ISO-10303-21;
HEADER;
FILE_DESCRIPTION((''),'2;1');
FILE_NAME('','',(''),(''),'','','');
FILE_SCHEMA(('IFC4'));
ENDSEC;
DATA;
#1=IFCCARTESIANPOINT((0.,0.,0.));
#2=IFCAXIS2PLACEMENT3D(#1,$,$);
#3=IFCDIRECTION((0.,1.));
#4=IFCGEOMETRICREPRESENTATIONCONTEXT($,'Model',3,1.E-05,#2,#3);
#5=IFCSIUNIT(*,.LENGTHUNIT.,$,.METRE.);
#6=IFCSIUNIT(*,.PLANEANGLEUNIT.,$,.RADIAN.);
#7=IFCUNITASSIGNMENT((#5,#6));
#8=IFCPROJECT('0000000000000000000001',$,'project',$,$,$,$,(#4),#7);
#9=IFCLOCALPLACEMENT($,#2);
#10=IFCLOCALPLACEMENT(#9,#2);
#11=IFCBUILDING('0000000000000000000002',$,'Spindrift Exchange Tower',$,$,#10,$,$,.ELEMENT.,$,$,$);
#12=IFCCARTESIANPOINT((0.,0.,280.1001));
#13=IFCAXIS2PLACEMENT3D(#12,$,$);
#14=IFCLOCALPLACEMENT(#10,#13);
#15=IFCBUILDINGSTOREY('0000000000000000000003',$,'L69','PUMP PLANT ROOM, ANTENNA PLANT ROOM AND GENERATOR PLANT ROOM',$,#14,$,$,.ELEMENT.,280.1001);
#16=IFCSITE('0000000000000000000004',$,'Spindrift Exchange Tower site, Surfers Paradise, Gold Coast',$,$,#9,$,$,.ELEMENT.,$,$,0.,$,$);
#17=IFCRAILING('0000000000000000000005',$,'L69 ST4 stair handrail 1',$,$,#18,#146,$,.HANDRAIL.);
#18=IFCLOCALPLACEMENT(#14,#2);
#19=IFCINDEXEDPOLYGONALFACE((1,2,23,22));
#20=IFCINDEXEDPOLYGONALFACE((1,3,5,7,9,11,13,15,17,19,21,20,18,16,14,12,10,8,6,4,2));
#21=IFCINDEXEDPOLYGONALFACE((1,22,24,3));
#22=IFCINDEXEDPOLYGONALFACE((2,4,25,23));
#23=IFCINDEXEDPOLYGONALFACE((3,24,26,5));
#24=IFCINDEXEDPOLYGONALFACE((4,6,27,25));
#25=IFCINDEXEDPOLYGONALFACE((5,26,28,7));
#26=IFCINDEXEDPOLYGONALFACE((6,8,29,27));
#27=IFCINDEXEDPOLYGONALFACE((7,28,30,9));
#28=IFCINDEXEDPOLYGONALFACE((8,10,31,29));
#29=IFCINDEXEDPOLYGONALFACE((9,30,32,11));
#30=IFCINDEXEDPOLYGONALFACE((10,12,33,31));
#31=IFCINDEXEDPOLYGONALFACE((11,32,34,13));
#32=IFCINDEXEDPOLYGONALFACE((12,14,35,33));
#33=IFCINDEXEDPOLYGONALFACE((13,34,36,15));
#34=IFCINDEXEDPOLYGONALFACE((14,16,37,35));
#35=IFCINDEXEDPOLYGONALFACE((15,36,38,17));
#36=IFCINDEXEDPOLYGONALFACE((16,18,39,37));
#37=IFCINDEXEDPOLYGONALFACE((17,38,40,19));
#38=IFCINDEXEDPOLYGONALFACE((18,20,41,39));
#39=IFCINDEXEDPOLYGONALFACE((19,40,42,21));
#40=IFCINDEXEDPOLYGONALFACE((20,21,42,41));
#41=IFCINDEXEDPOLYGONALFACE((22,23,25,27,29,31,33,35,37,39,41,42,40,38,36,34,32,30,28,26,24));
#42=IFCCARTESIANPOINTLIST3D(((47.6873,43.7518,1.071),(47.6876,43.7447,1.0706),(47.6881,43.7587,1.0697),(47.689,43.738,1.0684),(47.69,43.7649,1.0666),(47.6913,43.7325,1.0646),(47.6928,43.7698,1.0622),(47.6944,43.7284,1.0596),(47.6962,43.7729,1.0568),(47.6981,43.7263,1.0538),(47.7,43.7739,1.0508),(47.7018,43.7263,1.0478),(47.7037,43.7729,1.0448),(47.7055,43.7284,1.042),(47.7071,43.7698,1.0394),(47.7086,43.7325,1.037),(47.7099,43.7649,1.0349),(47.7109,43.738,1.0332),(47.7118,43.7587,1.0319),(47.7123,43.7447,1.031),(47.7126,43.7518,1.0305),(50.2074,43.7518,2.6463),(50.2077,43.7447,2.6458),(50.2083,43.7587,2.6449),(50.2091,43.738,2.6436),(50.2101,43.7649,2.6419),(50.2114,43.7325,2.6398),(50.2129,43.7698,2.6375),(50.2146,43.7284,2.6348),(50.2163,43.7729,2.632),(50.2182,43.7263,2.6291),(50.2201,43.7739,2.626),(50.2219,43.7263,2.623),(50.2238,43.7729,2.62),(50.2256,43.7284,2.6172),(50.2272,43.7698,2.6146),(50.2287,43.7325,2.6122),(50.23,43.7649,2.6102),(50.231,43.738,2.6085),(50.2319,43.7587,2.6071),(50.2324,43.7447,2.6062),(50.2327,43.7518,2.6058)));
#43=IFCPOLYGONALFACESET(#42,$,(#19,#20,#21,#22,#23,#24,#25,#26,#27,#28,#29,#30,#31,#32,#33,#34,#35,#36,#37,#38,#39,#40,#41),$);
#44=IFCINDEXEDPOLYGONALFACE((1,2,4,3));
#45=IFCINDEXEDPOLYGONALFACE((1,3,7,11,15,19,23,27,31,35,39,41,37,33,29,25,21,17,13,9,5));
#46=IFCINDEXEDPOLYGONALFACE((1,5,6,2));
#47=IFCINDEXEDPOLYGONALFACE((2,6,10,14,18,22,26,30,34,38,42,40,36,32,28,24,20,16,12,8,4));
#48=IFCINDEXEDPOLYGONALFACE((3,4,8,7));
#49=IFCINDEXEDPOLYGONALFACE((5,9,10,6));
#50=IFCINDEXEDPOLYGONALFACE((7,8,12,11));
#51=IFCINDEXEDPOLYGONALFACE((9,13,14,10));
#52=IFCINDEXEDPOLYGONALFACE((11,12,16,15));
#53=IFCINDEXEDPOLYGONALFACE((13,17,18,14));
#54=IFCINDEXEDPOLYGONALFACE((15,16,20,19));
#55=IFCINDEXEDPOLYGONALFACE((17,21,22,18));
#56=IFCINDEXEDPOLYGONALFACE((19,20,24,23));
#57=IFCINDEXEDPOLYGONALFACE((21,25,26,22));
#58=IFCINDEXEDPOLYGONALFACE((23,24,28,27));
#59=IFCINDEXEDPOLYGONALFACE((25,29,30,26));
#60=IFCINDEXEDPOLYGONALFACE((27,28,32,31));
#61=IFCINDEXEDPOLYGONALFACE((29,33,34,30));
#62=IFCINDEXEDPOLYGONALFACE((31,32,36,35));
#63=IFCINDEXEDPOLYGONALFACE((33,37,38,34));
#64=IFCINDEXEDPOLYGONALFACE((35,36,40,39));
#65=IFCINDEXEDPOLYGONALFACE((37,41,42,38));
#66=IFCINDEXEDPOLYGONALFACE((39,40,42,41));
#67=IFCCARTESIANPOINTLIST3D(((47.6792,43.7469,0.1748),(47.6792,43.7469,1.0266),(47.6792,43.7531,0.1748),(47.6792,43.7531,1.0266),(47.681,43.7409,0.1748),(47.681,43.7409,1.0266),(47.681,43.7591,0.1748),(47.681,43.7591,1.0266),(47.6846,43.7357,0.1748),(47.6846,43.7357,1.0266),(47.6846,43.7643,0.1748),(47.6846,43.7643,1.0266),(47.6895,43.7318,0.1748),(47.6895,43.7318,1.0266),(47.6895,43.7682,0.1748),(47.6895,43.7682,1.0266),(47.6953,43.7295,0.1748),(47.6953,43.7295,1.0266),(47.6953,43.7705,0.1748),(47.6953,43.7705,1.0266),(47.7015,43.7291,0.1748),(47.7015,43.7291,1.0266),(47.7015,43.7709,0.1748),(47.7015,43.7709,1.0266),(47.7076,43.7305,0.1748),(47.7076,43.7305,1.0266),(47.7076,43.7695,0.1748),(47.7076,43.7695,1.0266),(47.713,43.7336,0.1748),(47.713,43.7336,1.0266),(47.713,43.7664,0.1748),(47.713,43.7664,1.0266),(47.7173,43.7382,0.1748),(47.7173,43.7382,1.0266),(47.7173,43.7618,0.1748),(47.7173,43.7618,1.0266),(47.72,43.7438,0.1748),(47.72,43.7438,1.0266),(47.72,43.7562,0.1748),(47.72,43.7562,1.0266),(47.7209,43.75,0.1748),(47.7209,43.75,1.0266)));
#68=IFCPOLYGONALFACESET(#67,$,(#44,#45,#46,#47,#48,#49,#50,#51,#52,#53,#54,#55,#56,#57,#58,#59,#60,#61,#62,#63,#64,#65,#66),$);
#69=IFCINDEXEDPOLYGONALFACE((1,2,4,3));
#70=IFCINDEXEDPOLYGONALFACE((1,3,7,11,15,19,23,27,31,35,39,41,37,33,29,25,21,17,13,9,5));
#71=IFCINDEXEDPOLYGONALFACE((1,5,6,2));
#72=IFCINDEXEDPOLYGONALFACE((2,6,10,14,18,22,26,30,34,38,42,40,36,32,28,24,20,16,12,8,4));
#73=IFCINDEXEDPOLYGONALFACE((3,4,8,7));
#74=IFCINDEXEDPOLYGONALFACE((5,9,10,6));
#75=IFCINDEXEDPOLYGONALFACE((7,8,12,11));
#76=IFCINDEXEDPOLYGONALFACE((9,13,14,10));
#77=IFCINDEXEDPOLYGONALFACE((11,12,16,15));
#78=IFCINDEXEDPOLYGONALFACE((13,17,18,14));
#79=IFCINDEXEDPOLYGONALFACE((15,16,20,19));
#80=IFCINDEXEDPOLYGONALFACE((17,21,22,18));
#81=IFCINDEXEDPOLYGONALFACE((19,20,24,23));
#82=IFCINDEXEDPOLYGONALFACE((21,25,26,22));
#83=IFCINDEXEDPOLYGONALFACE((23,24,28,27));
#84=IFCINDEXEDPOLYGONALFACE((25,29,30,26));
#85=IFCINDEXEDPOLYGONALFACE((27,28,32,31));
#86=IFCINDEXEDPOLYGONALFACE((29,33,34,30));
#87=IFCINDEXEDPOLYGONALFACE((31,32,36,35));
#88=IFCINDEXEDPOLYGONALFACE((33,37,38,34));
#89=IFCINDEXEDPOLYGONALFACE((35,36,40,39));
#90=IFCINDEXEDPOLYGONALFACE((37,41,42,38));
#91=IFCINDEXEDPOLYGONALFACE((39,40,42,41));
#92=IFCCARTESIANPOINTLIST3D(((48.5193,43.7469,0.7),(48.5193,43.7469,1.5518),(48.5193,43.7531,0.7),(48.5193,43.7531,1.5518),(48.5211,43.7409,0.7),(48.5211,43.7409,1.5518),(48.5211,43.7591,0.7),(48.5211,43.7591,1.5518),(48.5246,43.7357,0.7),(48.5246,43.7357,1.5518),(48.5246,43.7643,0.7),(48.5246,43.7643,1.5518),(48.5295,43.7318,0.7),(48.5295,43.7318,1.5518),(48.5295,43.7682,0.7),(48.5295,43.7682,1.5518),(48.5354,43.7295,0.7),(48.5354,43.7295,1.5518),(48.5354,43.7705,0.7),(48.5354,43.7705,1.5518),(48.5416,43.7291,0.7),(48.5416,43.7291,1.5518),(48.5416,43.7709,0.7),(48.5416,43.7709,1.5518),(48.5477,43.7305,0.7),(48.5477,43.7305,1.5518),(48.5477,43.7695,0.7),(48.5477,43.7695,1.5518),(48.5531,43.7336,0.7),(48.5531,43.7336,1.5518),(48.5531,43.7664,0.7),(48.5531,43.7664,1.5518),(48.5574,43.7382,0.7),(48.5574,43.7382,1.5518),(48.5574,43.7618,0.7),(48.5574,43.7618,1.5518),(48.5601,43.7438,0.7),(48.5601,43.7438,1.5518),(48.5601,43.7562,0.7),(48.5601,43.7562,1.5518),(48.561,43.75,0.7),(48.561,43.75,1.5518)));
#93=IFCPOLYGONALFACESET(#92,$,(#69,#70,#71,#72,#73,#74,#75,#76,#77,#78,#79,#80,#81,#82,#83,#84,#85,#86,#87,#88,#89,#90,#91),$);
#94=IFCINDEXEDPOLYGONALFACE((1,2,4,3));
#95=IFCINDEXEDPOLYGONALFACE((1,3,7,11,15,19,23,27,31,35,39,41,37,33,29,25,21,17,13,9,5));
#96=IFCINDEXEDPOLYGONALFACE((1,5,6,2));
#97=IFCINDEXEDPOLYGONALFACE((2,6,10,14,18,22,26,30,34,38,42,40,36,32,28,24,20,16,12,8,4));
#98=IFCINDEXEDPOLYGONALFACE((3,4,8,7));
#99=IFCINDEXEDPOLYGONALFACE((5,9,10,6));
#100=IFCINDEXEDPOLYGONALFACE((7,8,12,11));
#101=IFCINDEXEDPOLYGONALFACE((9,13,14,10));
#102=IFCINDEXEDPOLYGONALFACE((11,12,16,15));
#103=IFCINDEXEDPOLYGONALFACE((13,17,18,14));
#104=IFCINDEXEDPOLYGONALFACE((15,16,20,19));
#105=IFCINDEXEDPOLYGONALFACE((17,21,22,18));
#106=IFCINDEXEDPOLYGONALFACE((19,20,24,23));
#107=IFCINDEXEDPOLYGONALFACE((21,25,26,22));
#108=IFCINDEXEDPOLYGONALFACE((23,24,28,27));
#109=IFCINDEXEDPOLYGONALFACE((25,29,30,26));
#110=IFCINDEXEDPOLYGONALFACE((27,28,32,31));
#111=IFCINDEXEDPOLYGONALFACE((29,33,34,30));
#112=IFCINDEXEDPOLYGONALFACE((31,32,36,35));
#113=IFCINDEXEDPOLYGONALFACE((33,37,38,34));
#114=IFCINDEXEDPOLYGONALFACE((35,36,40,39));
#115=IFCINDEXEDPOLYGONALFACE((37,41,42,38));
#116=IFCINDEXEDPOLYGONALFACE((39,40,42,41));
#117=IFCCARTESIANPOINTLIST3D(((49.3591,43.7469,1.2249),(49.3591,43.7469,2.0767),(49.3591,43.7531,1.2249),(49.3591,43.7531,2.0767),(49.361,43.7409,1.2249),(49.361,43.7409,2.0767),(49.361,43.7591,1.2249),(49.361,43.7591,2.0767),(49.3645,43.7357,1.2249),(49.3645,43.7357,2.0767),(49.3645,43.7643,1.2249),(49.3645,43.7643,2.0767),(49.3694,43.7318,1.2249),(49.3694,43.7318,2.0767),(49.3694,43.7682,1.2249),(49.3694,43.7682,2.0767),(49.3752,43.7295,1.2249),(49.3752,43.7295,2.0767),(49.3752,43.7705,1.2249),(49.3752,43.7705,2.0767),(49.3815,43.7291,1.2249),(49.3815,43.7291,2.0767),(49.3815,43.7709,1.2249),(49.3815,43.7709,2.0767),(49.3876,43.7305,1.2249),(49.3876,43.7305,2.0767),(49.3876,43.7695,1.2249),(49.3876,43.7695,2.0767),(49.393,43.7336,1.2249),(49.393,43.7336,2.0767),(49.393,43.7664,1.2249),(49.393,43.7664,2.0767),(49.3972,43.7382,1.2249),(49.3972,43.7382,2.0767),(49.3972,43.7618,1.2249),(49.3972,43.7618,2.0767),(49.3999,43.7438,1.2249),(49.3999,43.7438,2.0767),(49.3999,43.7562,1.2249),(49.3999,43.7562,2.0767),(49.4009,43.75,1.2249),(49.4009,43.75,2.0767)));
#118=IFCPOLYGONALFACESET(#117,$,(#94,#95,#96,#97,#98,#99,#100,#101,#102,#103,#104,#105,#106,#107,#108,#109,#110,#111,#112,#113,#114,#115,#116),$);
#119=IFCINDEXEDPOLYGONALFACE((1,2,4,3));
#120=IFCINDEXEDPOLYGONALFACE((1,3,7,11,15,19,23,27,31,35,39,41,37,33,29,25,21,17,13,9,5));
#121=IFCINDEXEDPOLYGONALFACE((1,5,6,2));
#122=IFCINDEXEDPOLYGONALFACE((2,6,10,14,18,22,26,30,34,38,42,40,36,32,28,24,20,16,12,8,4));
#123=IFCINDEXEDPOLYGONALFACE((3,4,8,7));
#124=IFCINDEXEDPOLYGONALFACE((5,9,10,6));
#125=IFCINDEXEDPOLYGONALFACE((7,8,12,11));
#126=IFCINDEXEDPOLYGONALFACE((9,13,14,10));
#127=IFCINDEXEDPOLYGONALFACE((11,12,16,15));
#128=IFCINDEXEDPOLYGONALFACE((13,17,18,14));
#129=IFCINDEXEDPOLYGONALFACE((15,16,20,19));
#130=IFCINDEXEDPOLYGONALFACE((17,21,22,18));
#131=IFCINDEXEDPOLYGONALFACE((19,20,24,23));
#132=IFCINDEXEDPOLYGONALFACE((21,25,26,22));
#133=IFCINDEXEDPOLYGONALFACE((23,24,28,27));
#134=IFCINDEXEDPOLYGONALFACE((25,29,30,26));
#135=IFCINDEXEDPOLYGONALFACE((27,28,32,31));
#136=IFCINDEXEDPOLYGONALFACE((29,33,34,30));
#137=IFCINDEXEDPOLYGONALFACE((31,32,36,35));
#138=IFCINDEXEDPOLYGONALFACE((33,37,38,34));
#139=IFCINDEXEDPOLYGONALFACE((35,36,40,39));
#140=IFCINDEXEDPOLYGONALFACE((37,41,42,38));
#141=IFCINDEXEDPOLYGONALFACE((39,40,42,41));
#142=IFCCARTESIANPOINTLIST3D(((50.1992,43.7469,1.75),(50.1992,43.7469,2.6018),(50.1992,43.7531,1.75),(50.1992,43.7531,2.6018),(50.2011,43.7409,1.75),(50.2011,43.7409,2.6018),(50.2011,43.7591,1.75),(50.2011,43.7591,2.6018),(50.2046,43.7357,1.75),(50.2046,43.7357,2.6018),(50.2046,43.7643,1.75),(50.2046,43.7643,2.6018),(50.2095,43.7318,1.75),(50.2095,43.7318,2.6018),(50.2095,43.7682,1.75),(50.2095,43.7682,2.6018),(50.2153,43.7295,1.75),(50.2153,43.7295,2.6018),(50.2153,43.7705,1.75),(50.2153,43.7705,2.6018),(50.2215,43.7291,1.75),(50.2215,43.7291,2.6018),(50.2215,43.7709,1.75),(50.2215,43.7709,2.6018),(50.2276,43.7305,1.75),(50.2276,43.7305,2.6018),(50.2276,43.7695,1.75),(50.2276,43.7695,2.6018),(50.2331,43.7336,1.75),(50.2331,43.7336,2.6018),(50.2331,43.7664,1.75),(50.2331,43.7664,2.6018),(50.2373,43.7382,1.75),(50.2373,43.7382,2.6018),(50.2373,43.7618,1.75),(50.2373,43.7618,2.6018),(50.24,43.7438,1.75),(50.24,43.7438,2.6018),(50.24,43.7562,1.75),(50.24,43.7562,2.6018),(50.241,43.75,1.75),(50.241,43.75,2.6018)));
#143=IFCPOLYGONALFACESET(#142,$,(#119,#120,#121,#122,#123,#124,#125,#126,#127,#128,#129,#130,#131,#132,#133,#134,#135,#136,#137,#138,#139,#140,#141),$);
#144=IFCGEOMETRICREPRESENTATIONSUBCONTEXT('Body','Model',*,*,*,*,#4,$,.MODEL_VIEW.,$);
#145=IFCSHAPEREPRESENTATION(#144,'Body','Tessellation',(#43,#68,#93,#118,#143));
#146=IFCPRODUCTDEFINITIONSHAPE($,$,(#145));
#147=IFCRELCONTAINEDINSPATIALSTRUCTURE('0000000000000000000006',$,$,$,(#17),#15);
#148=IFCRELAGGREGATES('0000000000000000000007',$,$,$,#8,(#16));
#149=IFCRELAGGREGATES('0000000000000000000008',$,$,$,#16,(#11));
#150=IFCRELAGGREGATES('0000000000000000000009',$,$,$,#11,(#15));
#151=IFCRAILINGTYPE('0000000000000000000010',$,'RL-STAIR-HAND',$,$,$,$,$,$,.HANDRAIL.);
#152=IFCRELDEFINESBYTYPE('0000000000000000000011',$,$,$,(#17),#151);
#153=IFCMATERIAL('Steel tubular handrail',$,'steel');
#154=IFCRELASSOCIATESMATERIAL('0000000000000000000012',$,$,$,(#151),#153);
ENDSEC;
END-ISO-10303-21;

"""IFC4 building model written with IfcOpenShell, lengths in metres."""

from ifc_helpers import new_model, si_unit, direction, frame, origin, origin_2d, place, context, subcontext, project, spatial, circle, extrude, material, type_object, element, save


model = new_model("IFC4")

# Units and contexts
model_context = context("Model", 3, precision=1e-05, world=origin(), true_north=direction((0.0, 1.0)))
body_context = subcontext(model_context, "Body", "Model", "MODEL_VIEW")
ifc_project = project(units=[si_unit("LENGTHUNIT", "METRE"), si_unit("PLANEANGLEUNIT", "RADIAN")], contexts=[model_context])

# Site, building, storey
site_placement = place(None, origin())
site = spatial("IfcSite", under=ifc_project, at=site_placement, Name="Spindrift Exchange Tower site, Surfers Paradise, Gold Coast", CompositionType="ELEMENT", RefElevation=0.0)
building_placement = place(site_placement, origin())
building = spatial("IfcBuilding", under=site, at=building_placement, Name="Spindrift Exchange Tower", CompositionType="ELEMENT")
storey_placement = place(building_placement, frame((0.0, 0.0, 280.1001)))
storey = spatial("IfcBuildingStorey", under=building, at=storey_placement, Name="L69", Description="PUMP PLANT ROOM, ANTENNA PLANT ROOM AND GENERATOR PLANT ROOM", CompositionType="ELEMENT", Elevation=280.1001)

# Railing
ifc_material_1 = material(Name="Steel tubular handrail", Category="steel")
railing_type_1 = type_object("IfcRailingType", Name="RL-STAIR-HAND", PredefinedType="HANDRAIL", material=ifc_material_1)
railing_1_placement = place(storey_placement, frame((47.7, 43.75, 0.1748)))
element("IfcRailing", 1, at=railing_1_placement, inside=storey, type_object=railing_type_1, Name="L69 ST4 stair handrail 1", PredefinedType="HANDRAIL", context=body_context, shape_type="SweptSolid", body=[
    extrude(circle(Radius=0.0239, at=origin_2d()), frame((0.0, 0.0, 0.876), z_axis=(0.847971, 0.0, 0.530043), x_axis=(0.0, 1.0, 0.0)), (0.0, 0.0, 1.0), 2.9719),
    extrude(circle(Radius=0.021, at=origin_2d()), origin(), (0.0, 0.0, 1.0), 0.8518),
    extrude(circle(Radius=0.021, at=origin_2d()), frame((0.8401, 0.0, 0.5251)), (0.0, 0.0, 1.0), 0.8518),
    extrude(circle(Radius=0.021, at=origin_2d()), frame((1.6799, 0.0, 1.05)), (0.0, 0.0, 1.0), 0.8518),
    extrude(circle(Radius=0.021, at=origin_2d()), frame((2.52, 0.0, 1.5752)), (0.0, 0.0, 1.0), 0.8518),
])

save(model, "model.ifc")
